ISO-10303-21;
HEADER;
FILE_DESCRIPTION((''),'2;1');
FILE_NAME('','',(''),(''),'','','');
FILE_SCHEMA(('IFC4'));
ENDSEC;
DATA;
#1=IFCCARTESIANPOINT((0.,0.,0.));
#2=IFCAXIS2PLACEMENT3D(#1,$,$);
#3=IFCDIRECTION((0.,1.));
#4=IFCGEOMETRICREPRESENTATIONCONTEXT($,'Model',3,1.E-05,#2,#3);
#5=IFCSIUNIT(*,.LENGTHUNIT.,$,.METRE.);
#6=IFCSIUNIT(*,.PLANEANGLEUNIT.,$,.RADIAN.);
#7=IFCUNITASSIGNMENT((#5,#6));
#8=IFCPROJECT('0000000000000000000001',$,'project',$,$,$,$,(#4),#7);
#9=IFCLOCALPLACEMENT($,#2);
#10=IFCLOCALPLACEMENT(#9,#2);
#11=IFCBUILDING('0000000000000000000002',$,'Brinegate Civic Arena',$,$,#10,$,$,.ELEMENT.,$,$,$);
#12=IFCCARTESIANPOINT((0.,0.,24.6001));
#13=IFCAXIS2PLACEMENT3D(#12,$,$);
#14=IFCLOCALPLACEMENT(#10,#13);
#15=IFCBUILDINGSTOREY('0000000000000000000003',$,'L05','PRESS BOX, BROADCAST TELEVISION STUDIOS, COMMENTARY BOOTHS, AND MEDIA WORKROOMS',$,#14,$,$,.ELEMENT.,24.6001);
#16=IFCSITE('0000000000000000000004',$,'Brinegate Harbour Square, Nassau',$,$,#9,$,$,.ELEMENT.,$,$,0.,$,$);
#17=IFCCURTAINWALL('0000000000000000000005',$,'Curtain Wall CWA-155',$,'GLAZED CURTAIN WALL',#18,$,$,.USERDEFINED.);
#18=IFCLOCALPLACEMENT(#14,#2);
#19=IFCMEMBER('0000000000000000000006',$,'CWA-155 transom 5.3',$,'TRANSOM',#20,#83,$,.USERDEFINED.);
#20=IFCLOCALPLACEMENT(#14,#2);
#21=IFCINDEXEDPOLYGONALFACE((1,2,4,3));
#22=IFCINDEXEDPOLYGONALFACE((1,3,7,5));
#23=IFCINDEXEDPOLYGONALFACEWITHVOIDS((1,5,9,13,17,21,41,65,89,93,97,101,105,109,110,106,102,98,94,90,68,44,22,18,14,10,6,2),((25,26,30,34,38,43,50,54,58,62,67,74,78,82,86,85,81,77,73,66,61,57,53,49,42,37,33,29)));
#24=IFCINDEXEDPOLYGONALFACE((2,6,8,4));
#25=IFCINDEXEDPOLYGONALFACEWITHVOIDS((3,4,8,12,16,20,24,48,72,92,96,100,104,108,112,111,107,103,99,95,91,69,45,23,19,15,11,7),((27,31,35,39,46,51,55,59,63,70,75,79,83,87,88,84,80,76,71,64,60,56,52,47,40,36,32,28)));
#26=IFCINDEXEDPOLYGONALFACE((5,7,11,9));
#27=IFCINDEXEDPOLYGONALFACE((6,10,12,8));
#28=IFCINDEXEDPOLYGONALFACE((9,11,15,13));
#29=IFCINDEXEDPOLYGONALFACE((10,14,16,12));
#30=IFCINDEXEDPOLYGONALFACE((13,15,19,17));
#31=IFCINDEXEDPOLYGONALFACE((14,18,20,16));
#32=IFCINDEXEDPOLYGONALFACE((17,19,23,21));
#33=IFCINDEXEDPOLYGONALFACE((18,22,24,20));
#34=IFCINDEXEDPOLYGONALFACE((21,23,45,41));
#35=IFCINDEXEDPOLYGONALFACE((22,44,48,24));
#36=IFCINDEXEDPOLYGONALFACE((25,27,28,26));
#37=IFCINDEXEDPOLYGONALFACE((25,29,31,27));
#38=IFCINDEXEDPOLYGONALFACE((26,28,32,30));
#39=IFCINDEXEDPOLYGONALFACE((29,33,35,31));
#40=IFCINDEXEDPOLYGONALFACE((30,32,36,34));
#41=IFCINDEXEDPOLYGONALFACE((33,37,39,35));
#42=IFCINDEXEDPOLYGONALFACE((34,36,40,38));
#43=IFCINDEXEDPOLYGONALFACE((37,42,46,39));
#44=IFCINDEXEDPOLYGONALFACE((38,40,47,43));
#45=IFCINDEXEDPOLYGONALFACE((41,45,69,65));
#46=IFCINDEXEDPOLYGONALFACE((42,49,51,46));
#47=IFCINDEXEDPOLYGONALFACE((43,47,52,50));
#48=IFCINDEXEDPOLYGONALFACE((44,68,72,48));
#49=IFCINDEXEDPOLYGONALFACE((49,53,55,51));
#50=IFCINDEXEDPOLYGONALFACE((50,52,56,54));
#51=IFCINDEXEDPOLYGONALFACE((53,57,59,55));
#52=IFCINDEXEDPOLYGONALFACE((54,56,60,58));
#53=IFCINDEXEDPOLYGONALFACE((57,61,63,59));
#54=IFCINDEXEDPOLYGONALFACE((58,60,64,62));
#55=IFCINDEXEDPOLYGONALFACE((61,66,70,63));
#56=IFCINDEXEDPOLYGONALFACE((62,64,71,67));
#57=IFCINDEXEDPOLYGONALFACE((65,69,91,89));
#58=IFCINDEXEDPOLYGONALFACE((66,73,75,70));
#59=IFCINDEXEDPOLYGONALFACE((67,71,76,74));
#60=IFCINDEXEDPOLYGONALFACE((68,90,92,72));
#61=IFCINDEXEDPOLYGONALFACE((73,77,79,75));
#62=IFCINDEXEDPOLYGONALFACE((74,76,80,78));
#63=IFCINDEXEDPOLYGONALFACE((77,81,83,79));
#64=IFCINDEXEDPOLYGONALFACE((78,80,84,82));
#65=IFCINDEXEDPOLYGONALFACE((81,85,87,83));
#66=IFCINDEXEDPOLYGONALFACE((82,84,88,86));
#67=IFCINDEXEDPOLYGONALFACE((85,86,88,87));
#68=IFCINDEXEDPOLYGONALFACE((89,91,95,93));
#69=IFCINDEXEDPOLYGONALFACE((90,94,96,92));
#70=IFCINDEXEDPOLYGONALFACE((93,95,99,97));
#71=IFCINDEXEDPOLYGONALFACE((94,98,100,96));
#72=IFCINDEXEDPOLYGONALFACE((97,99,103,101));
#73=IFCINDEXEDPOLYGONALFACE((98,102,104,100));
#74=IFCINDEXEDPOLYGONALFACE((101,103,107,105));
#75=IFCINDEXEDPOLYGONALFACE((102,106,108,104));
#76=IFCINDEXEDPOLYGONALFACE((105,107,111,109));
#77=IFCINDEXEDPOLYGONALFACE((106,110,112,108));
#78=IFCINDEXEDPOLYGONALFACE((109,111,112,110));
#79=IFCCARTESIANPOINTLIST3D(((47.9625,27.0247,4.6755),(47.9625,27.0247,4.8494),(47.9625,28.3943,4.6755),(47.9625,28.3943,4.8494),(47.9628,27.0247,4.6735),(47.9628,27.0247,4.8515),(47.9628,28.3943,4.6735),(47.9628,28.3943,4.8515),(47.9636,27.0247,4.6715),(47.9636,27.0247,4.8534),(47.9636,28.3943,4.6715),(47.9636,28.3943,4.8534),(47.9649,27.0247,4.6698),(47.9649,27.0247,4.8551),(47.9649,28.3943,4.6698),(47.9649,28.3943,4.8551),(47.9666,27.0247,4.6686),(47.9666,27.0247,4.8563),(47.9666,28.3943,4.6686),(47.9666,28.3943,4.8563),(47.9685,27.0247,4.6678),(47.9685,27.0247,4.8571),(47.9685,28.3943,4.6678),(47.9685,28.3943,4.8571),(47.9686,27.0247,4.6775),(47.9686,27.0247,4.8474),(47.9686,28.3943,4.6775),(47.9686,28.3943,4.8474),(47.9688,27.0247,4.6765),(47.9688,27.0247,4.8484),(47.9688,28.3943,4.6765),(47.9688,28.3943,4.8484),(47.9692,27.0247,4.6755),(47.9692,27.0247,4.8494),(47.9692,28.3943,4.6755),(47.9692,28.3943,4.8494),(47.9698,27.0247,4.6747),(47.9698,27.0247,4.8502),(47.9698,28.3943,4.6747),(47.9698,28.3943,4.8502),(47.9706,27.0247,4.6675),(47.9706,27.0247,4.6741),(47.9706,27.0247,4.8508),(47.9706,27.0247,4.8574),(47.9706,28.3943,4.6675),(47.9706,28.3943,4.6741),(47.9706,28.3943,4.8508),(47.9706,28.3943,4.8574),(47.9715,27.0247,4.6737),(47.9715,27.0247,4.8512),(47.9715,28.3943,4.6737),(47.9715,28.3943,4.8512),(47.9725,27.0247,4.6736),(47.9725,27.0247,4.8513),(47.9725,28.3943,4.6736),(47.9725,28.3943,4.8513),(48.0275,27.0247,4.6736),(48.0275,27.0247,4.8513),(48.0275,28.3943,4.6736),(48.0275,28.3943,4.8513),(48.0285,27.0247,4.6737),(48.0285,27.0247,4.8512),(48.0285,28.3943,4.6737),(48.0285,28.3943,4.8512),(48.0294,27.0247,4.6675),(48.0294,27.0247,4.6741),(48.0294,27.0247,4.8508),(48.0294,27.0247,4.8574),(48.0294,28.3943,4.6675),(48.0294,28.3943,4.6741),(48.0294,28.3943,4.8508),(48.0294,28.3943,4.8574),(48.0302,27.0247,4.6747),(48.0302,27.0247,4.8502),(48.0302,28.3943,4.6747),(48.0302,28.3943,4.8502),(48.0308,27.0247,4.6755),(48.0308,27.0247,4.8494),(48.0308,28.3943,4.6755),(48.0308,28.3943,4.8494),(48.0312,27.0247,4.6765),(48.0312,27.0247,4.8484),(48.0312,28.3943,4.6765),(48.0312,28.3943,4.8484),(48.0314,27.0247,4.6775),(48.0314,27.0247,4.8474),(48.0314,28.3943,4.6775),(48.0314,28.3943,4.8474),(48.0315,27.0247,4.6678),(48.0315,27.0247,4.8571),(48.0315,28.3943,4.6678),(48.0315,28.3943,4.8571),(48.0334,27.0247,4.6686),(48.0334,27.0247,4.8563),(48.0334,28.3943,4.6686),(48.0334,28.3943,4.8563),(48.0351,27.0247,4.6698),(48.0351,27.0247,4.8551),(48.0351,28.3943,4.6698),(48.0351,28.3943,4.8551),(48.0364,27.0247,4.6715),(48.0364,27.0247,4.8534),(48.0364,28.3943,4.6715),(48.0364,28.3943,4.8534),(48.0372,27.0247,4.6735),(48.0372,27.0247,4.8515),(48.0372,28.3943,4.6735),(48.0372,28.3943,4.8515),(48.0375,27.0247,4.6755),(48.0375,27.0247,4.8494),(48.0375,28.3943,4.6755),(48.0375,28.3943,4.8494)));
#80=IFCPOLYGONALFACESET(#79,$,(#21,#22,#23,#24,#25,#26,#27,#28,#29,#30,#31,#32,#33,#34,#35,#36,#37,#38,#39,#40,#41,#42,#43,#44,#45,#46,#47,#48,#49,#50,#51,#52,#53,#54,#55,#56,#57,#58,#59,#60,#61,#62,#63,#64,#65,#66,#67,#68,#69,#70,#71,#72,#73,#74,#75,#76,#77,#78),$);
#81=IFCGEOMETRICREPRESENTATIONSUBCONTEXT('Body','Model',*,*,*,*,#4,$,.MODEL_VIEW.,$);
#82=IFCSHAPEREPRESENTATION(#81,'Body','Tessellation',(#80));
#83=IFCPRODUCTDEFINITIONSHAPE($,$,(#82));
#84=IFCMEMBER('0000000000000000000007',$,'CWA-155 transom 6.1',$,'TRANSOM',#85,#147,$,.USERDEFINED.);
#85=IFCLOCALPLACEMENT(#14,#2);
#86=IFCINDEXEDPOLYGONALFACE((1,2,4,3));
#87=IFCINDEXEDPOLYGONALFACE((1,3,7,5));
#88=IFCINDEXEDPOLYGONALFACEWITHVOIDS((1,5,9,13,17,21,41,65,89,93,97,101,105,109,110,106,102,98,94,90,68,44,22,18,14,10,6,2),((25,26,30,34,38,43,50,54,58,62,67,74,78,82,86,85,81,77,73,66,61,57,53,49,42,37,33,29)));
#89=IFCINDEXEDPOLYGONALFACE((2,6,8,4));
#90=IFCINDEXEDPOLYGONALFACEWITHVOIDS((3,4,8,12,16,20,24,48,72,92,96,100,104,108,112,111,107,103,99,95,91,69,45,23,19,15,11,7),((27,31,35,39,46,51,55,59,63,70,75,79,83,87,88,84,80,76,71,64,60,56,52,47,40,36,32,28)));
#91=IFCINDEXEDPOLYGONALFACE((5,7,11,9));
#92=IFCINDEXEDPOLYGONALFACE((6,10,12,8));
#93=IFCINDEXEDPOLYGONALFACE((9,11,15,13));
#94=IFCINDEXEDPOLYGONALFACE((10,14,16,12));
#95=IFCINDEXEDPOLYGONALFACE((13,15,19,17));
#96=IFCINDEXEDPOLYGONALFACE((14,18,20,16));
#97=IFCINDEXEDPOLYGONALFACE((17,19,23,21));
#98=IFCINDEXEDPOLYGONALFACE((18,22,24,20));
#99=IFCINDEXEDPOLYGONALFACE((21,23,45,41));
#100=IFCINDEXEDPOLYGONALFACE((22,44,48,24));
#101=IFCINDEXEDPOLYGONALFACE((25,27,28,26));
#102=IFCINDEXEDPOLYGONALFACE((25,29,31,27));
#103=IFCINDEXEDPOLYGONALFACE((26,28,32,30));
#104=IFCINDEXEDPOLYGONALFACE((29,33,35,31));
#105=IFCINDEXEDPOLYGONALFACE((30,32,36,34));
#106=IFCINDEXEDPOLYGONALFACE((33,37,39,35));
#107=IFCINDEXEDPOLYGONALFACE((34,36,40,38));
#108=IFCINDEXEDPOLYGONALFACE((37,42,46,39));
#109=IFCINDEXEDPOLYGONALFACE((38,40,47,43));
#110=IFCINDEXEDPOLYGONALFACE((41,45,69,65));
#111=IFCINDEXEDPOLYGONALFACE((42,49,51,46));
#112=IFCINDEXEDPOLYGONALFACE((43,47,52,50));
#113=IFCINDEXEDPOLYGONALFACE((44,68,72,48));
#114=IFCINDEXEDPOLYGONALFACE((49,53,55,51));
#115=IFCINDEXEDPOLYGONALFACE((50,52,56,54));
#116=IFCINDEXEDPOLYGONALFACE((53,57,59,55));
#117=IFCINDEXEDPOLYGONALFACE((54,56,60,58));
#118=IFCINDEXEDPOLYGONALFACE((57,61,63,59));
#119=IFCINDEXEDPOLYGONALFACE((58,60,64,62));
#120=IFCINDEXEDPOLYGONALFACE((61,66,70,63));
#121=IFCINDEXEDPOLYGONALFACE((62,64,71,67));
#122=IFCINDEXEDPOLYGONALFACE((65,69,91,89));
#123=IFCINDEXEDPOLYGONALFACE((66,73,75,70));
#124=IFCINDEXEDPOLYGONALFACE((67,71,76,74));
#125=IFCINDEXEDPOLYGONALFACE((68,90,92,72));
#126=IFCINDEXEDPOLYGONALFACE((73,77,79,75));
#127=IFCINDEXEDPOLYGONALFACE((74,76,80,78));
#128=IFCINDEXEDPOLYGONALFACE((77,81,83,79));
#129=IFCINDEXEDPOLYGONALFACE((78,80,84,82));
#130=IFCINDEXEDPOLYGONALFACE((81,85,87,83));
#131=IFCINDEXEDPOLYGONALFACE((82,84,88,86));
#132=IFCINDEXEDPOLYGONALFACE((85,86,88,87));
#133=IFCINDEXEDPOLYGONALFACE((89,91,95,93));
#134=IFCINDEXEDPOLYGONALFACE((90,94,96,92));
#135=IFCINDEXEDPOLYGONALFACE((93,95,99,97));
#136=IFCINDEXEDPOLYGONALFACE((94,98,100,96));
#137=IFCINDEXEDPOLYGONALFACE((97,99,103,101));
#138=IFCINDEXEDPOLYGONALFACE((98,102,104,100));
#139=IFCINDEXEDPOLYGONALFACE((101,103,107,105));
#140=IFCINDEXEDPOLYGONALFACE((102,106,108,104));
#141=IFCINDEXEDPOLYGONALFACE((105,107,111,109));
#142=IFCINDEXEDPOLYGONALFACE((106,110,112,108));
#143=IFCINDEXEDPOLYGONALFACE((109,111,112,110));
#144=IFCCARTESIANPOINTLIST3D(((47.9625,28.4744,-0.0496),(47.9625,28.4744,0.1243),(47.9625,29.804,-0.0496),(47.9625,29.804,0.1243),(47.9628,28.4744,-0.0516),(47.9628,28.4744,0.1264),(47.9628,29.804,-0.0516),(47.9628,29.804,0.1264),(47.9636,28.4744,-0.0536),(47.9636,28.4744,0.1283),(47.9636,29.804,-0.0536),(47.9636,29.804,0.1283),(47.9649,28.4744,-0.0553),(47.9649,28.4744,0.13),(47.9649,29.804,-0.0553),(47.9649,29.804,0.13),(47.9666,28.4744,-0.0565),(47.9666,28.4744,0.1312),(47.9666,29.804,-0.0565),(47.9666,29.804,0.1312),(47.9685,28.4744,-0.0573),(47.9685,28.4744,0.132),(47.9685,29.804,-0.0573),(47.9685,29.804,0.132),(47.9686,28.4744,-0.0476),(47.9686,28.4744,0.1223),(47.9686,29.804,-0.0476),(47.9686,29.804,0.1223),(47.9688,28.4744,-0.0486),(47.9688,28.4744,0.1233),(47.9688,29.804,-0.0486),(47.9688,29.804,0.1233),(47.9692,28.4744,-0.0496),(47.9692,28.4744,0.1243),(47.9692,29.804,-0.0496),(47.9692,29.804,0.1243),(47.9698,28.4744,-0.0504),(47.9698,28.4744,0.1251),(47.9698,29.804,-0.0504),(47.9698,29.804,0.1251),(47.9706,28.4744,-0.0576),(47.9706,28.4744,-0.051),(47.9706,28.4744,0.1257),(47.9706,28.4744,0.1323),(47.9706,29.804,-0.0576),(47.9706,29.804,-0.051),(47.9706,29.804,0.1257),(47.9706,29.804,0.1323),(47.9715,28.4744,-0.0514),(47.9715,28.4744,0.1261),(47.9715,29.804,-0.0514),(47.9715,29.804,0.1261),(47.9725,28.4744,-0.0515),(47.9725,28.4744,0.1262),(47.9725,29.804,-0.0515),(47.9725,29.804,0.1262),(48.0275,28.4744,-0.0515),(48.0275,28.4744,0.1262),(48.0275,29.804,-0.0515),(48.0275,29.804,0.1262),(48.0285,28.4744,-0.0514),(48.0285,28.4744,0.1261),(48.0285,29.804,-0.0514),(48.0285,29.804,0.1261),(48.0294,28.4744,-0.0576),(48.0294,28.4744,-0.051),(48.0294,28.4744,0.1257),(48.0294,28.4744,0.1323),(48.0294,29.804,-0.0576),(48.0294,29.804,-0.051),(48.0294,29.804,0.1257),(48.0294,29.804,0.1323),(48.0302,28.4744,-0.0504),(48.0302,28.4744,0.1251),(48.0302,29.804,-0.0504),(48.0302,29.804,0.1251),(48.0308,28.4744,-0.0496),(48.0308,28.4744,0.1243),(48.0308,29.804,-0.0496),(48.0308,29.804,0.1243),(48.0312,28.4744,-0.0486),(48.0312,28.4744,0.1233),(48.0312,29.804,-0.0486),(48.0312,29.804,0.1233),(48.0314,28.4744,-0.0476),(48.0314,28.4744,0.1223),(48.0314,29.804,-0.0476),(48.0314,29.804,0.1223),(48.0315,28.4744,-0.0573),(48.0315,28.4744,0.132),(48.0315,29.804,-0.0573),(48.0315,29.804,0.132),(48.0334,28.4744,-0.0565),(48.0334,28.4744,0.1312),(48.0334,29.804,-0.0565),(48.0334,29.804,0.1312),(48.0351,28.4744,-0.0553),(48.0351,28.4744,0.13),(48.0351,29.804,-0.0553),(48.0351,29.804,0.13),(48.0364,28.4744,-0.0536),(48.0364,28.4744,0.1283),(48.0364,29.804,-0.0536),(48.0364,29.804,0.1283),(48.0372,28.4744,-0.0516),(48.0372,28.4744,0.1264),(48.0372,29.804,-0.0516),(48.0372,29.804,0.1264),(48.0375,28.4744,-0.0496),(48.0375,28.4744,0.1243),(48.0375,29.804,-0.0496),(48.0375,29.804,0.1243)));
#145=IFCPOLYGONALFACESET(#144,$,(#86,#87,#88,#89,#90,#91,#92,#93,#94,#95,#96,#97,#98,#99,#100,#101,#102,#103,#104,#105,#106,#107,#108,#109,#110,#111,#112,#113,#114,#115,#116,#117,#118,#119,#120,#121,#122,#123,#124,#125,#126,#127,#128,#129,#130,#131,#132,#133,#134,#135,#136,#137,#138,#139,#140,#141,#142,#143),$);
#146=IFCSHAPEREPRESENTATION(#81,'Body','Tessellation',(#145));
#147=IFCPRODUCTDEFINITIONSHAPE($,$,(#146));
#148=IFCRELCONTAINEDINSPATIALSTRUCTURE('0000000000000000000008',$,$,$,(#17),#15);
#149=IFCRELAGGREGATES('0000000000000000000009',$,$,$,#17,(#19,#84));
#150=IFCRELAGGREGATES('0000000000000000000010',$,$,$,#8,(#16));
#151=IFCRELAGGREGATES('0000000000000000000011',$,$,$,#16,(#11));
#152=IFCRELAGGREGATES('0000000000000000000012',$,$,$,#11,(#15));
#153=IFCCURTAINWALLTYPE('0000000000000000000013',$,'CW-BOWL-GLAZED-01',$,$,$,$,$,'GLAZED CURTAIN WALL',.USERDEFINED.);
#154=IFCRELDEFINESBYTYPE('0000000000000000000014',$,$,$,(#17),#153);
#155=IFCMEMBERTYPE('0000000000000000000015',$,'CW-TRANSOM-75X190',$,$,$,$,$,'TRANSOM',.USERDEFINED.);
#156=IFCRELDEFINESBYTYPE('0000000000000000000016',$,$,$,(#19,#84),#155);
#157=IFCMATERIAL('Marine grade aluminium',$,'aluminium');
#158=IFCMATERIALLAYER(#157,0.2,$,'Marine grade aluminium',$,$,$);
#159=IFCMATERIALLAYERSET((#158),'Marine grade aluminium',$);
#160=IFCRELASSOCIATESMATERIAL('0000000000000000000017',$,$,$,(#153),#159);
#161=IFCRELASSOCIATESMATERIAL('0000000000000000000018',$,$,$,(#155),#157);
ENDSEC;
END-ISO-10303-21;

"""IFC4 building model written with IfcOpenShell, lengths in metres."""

from ifc_helpers import new_model, si_unit, direction, frame, origin, origin_2d, place, context, subcontext, project, spatial, hollow_rectangle, extrude, material, layer, layer_set, material_profile, profile_set, type_object, element, aggregate, save


model = new_model("IFC4")

# Units and contexts
model_context = context("Model", 3, precision=1e-05, world=origin(), true_north=direction((0.0, 1.0)))
body_context = subcontext(model_context, "Body", "Model", "MODEL_VIEW")
ifc_project = project(units=[si_unit("LENGTHUNIT", "METRE"), si_unit("PLANEANGLEUNIT", "RADIAN")], contexts=[model_context])

# Site, building, storey
site_placement = place(None, origin())
site = spatial("IfcSite", under=ifc_project, at=site_placement, Name="Brinegate Harbour Square, Nassau", CompositionType="ELEMENT", RefElevation=0.0)
building_placement = place(site_placement, origin())
building = spatial("IfcBuilding", under=site, at=building_placement, Name="Brinegate Civic Arena", CompositionType="ELEMENT")
storey_placement = place(building_placement, frame((0.0, 0.0, 24.6001)))
storey = spatial("IfcBuildingStorey", under=building, at=storey_placement, Name="L05", Description="PRESS BOX, BROADCAST TELEVISION STUDIOS, COMMENTARY BOOTHS, AND MEDIA WORKROOMS", CompositionType="ELEMENT", Elevation=24.6001)

# Curtain wall, members
ifc_material_1 = material(Name="Marine grade aluminium", Category="aluminium")
ifc_layer_1 = layer(ifc_material_1, 0.2, Name="Marine grade aluminium")
ifc_layer_set_1 = layer_set([ifc_layer_1], Name="Marine grade aluminium")
curtain_wall_type = type_object("IfcCurtainWallType", Name="CW-BOWL-GLAZED-01", ElementType="GLAZED CURTAIN WALL", PredefinedType="USERDEFINED", material=ifc_layer_set_1)
curtain_wall_placement = place(storey_placement, origin())
curtain_wall = element("IfcCurtainWall", 1, at=curtain_wall_placement, inside=storey, type_object=curtain_wall_type, Name="Curtain Wall CWA-155", ObjectType="GLAZED CURTAIN WALL", PredefinedType="USERDEFINED")
ifc_material_profile_1 = material_profile(ifc_material_1, hollow_rectangle(XDim=0.075, YDim=0.1899, WallThickness=0.0061, InnerFilletRadius=0.0039, OuterFilletRadius=0.0081, at=origin_2d()), Name="TRN75X190")
ifc_profile_set_1 = profile_set([ifc_material_profile_1], Name="Marine grade aluminium")
member_type_1 = type_object("IfcMemberType", Name="CW-TRANSOM-75X190", ElementType="TRANSOM", PredefinedType="USERDEFINED", material=ifc_profile_set_1)
member_1_placement = place(storey_placement, frame((48.0, 27.0247, 4.7625), z_axis=(0.0, 1.0, 0.0), x_axis=(-1.0, 0.0, 0.0)))
member_1 = element("IfcMember", 2, at=member_1_placement, type_object=member_type_1, Name="CWA-155 transom 5.3", ObjectType="TRANSOM", PredefinedType="USERDEFINED", context=body_context, shape_type="SweptSolid", body=[
    extrude(hollow_rectangle(XDim=0.075, YDim=0.1899, WallThickness=0.0061, InnerFilletRadius=0.0039, OuterFilletRadius=0.0081, at=origin_2d()), origin(), (0.0, 0.0, 1.0), 1.3696),
])
member_2_placement = place(storey_placement, frame((48.0, 28.4744, 0.0374), z_axis=(0.0, 1.0, 0.0), x_axis=(-1.0, 0.0, 0.0)))
member_2 = element("IfcMember", 3, at=member_2_placement, type_object=member_type_1, Name="CWA-155 transom 6.1", ObjectType="TRANSOM", PredefinedType="USERDEFINED", context=body_context, shape_type="SweptSolid", body=[
    extrude(hollow_rectangle(XDim=0.075, YDim=0.1899, WallThickness=0.0061, InnerFilletRadius=0.0039, OuterFilletRadius=0.0081, at=origin_2d()), origin(), (0.0, 0.0, 1.0), 1.3296),
])

aggregate(curtain_wall, [member_1, member_2])

save(model, "model.ifc")
